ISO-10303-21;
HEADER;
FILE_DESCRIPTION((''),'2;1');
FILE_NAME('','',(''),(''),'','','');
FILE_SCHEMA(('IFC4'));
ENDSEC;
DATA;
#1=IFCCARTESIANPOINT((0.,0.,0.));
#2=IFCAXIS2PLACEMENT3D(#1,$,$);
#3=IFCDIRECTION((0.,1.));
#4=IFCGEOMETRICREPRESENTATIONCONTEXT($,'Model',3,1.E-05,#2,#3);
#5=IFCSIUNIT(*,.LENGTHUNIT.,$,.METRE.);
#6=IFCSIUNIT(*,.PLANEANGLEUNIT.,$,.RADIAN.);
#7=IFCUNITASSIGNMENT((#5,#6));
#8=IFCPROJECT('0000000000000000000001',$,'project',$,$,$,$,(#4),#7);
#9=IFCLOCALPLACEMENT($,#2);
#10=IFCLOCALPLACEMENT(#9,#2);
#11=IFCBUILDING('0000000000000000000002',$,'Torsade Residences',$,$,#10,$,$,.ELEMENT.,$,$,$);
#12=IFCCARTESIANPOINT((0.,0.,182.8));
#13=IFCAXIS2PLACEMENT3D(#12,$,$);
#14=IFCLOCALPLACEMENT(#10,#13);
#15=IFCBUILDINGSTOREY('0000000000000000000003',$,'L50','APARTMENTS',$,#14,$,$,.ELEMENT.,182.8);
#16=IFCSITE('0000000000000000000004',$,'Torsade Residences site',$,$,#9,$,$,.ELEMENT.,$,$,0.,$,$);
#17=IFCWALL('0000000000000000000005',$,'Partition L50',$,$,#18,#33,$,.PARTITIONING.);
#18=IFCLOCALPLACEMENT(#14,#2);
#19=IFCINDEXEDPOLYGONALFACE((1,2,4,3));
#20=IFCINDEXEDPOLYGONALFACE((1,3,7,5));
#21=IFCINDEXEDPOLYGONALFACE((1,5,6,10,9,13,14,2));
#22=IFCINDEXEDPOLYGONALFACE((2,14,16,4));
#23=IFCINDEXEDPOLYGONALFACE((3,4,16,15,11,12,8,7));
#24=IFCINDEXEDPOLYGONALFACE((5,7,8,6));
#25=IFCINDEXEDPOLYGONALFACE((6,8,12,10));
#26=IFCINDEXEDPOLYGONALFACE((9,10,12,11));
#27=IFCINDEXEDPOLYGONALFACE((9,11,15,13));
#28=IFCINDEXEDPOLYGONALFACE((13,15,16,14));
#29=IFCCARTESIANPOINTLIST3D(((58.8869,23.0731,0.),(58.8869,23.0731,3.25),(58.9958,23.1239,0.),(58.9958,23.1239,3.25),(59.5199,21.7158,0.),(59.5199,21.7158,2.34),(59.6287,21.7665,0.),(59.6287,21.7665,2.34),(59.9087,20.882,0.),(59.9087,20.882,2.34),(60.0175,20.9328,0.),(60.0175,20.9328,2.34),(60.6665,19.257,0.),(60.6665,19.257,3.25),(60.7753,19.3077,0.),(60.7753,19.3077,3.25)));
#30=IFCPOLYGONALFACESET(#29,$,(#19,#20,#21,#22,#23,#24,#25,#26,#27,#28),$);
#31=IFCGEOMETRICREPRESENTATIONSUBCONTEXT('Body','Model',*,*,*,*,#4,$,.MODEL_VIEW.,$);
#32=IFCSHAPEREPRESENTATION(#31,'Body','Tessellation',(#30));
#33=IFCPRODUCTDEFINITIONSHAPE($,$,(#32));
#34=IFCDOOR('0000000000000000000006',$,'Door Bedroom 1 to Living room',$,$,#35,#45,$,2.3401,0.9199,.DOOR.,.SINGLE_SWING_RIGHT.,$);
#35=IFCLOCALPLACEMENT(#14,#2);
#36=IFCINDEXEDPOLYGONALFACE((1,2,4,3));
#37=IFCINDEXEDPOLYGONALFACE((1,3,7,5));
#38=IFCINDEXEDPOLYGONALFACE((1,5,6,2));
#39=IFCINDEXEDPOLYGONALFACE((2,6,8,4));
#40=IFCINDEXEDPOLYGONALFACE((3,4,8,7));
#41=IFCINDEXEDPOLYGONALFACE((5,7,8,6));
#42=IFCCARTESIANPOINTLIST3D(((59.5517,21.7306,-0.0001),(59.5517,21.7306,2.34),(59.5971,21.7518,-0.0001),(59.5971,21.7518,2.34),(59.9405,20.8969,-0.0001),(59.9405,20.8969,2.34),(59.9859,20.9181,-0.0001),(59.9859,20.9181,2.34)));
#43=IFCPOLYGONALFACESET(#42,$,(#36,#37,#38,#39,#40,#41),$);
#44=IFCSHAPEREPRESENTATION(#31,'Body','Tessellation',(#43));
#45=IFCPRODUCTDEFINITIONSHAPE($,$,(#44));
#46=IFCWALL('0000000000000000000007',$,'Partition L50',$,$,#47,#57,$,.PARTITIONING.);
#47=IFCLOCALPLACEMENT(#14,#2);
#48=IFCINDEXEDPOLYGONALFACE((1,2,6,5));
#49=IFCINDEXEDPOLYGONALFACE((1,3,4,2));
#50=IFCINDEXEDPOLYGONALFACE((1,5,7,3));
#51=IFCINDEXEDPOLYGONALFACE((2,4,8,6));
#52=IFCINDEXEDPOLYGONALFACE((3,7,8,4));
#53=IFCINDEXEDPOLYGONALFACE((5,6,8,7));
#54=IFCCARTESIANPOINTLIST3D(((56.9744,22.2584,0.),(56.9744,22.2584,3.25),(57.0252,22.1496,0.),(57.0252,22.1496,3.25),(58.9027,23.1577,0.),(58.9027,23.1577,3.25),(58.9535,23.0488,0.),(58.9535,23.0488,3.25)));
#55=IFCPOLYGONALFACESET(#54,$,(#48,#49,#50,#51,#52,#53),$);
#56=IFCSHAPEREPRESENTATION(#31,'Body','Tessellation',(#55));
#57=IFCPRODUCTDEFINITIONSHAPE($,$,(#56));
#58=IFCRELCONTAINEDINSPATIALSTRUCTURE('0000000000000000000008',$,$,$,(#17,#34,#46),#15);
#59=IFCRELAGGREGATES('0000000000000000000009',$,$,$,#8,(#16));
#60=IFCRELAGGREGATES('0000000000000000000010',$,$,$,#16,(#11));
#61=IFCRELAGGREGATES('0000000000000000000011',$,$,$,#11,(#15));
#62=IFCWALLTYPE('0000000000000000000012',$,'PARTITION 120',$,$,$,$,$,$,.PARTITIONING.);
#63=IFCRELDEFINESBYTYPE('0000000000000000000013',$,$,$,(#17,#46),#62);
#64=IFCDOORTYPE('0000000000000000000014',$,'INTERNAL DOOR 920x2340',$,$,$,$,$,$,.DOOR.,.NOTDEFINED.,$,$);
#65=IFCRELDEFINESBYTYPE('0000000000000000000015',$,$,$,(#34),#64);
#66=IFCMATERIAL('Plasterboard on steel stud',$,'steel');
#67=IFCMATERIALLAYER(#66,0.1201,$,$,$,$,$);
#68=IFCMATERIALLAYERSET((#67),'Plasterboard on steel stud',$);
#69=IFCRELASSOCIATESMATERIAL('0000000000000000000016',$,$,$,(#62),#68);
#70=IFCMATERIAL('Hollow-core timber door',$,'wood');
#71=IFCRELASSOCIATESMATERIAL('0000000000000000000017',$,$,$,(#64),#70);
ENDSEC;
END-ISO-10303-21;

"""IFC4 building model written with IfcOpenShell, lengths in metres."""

from ifc_helpers import new_model, si_unit, direction, frame, frame_2d, origin, place, context, subcontext, project, spatial, rectangle, extrude, material, layer, layer_set, type_object, element, fill, save


model = new_model("IFC4")

# Units and contexts
model_context = context("Model", 3, precision=1e-05, world=origin(), true_north=direction((0.0, 1.0)))
body_context = subcontext(model_context, "Body", "Model", "MODEL_VIEW")
ifc_project = project(units=[si_unit("LENGTHUNIT", "METRE"), si_unit("PLANEANGLEUNIT", "RADIAN")], contexts=[model_context])

# Site, building, storey
site_placement = place(None, origin())
site = spatial("IfcSite", under=ifc_project, at=site_placement, Name="Torsade Residences site", CompositionType="ELEMENT", RefElevation=0.0)
building_placement = place(site_placement, origin())
building = spatial("IfcBuilding", under=site, at=building_placement, Name="Torsade Residences", CompositionType="ELEMENT")
storey_placement = place(building_placement, frame((0.0, 0.0, 182.8)))
storey = spatial("IfcBuildingStorey", under=building, at=storey_placement, Name="L50", Description="APARTMENTS", CompositionType="ELEMENT", Elevation=182.8)

# Shared definitions
ifc_material_1 = material(Name="Plasterboard on steel stud", Category="steel")
ifc_layer_1 = layer(ifc_material_1, 0.1201)
ifc_layer_set_1 = layer_set([ifc_layer_1], Name="Plasterboard on steel stud")
wall_type_1 = type_object("IfcWallType", Name="PARTITION 120", PredefinedType="PARTITIONING", material=ifc_layer_set_1)

# Wall, opening, door
wall_1_placement = place(storey_placement, frame((60.7209, 19.2822, 0.0), z_axis=(0.0, 0.0, 1.0), x_axis=(-0.422625, 0.906305, 0.0)))
wall_1 = element("IfcWall", 1, at=wall_1_placement, inside=storey, type_object=wall_type_1, Name="Partition L50", PredefinedType="PARTITIONING", context=body_context, shape_type="SweptSolid", body=[
    extrude(rectangle(XDim=4.2107, YDim=0.1201, at=frame_2d((2.1055, 0.0))), origin(), (0.0, 0.0, 1.0), 3.25),
])
opening_1_placement = place(wall_1_placement, frame((1.7932, 0.0, 0.0)))
opening_1 = element("IfcOpeningElement", 2, at=opening_1_placement, cuts=wall_1, PredefinedType="OPENING", context=body_context, shape_type="SweptSolid", body=[
    extrude(rectangle(XDim=0.9199, YDim=2.3401, at=frame_2d((0.46, 1.1699))), frame((0.0, 0.0701, 0.0), z_axis=(0.0, -1.0, 0.0), x_axis=(1.0, 0.0, 0.0)), (0.0, 0.0, 1.0), 0.1401),
])
ifc_material_2 = material(Name="Hollow-core timber door", Category="wood")
door_type_1 = type_object("IfcDoorType", Name="INTERNAL DOOR 920x2340", OperationType="NOTDEFINED", PredefinedType="DOOR", material=ifc_material_2)
door_1_placement = place(opening_1_placement, origin())
door_1 = element("IfcDoor", 3, at=door_1_placement, inside=storey, type_object=door_type_1, Name="Door Bedroom 1 to Living room", OperationType="SINGLE_SWING_RIGHT", OverallHeight=2.3401, OverallWidth=0.9199, PredefinedType="DOOR", context=body_context, shape_type="SweptSolid", body=[
    extrude(rectangle(XDim=0.9199, YDim=2.3401, at=frame_2d((0.46, 1.1699))), frame((0.0, 0.0249, 0.0), z_axis=(0.0, -1.0, 0.0), x_axis=(1.0, 0.0, 0.0)), (0.0, 0.0, 1.0), 0.05),
])
fill(opening_1, door_1)

# Wall
wall_2_placement = place(storey_placement, frame((58.9282, 23.1033, 0.0), z_axis=(0.0, 0.0, 1.0), x_axis=(-0.906303, -0.422628, 0.0)))
element("IfcWall", 4, at=wall_2_placement, inside=storey, type_object=wall_type_1, Name="Partition L50", PredefinedType="PARTITIONING", context=body_context, shape_type="SweptSolid", body=[
    extrude(rectangle(XDim=2.1277, YDim=0.1201, at=frame_2d((1.064, 0.0))), origin(), (0.0, 0.0, 1.0), 3.25),
])

save(model, "model.ifc")
